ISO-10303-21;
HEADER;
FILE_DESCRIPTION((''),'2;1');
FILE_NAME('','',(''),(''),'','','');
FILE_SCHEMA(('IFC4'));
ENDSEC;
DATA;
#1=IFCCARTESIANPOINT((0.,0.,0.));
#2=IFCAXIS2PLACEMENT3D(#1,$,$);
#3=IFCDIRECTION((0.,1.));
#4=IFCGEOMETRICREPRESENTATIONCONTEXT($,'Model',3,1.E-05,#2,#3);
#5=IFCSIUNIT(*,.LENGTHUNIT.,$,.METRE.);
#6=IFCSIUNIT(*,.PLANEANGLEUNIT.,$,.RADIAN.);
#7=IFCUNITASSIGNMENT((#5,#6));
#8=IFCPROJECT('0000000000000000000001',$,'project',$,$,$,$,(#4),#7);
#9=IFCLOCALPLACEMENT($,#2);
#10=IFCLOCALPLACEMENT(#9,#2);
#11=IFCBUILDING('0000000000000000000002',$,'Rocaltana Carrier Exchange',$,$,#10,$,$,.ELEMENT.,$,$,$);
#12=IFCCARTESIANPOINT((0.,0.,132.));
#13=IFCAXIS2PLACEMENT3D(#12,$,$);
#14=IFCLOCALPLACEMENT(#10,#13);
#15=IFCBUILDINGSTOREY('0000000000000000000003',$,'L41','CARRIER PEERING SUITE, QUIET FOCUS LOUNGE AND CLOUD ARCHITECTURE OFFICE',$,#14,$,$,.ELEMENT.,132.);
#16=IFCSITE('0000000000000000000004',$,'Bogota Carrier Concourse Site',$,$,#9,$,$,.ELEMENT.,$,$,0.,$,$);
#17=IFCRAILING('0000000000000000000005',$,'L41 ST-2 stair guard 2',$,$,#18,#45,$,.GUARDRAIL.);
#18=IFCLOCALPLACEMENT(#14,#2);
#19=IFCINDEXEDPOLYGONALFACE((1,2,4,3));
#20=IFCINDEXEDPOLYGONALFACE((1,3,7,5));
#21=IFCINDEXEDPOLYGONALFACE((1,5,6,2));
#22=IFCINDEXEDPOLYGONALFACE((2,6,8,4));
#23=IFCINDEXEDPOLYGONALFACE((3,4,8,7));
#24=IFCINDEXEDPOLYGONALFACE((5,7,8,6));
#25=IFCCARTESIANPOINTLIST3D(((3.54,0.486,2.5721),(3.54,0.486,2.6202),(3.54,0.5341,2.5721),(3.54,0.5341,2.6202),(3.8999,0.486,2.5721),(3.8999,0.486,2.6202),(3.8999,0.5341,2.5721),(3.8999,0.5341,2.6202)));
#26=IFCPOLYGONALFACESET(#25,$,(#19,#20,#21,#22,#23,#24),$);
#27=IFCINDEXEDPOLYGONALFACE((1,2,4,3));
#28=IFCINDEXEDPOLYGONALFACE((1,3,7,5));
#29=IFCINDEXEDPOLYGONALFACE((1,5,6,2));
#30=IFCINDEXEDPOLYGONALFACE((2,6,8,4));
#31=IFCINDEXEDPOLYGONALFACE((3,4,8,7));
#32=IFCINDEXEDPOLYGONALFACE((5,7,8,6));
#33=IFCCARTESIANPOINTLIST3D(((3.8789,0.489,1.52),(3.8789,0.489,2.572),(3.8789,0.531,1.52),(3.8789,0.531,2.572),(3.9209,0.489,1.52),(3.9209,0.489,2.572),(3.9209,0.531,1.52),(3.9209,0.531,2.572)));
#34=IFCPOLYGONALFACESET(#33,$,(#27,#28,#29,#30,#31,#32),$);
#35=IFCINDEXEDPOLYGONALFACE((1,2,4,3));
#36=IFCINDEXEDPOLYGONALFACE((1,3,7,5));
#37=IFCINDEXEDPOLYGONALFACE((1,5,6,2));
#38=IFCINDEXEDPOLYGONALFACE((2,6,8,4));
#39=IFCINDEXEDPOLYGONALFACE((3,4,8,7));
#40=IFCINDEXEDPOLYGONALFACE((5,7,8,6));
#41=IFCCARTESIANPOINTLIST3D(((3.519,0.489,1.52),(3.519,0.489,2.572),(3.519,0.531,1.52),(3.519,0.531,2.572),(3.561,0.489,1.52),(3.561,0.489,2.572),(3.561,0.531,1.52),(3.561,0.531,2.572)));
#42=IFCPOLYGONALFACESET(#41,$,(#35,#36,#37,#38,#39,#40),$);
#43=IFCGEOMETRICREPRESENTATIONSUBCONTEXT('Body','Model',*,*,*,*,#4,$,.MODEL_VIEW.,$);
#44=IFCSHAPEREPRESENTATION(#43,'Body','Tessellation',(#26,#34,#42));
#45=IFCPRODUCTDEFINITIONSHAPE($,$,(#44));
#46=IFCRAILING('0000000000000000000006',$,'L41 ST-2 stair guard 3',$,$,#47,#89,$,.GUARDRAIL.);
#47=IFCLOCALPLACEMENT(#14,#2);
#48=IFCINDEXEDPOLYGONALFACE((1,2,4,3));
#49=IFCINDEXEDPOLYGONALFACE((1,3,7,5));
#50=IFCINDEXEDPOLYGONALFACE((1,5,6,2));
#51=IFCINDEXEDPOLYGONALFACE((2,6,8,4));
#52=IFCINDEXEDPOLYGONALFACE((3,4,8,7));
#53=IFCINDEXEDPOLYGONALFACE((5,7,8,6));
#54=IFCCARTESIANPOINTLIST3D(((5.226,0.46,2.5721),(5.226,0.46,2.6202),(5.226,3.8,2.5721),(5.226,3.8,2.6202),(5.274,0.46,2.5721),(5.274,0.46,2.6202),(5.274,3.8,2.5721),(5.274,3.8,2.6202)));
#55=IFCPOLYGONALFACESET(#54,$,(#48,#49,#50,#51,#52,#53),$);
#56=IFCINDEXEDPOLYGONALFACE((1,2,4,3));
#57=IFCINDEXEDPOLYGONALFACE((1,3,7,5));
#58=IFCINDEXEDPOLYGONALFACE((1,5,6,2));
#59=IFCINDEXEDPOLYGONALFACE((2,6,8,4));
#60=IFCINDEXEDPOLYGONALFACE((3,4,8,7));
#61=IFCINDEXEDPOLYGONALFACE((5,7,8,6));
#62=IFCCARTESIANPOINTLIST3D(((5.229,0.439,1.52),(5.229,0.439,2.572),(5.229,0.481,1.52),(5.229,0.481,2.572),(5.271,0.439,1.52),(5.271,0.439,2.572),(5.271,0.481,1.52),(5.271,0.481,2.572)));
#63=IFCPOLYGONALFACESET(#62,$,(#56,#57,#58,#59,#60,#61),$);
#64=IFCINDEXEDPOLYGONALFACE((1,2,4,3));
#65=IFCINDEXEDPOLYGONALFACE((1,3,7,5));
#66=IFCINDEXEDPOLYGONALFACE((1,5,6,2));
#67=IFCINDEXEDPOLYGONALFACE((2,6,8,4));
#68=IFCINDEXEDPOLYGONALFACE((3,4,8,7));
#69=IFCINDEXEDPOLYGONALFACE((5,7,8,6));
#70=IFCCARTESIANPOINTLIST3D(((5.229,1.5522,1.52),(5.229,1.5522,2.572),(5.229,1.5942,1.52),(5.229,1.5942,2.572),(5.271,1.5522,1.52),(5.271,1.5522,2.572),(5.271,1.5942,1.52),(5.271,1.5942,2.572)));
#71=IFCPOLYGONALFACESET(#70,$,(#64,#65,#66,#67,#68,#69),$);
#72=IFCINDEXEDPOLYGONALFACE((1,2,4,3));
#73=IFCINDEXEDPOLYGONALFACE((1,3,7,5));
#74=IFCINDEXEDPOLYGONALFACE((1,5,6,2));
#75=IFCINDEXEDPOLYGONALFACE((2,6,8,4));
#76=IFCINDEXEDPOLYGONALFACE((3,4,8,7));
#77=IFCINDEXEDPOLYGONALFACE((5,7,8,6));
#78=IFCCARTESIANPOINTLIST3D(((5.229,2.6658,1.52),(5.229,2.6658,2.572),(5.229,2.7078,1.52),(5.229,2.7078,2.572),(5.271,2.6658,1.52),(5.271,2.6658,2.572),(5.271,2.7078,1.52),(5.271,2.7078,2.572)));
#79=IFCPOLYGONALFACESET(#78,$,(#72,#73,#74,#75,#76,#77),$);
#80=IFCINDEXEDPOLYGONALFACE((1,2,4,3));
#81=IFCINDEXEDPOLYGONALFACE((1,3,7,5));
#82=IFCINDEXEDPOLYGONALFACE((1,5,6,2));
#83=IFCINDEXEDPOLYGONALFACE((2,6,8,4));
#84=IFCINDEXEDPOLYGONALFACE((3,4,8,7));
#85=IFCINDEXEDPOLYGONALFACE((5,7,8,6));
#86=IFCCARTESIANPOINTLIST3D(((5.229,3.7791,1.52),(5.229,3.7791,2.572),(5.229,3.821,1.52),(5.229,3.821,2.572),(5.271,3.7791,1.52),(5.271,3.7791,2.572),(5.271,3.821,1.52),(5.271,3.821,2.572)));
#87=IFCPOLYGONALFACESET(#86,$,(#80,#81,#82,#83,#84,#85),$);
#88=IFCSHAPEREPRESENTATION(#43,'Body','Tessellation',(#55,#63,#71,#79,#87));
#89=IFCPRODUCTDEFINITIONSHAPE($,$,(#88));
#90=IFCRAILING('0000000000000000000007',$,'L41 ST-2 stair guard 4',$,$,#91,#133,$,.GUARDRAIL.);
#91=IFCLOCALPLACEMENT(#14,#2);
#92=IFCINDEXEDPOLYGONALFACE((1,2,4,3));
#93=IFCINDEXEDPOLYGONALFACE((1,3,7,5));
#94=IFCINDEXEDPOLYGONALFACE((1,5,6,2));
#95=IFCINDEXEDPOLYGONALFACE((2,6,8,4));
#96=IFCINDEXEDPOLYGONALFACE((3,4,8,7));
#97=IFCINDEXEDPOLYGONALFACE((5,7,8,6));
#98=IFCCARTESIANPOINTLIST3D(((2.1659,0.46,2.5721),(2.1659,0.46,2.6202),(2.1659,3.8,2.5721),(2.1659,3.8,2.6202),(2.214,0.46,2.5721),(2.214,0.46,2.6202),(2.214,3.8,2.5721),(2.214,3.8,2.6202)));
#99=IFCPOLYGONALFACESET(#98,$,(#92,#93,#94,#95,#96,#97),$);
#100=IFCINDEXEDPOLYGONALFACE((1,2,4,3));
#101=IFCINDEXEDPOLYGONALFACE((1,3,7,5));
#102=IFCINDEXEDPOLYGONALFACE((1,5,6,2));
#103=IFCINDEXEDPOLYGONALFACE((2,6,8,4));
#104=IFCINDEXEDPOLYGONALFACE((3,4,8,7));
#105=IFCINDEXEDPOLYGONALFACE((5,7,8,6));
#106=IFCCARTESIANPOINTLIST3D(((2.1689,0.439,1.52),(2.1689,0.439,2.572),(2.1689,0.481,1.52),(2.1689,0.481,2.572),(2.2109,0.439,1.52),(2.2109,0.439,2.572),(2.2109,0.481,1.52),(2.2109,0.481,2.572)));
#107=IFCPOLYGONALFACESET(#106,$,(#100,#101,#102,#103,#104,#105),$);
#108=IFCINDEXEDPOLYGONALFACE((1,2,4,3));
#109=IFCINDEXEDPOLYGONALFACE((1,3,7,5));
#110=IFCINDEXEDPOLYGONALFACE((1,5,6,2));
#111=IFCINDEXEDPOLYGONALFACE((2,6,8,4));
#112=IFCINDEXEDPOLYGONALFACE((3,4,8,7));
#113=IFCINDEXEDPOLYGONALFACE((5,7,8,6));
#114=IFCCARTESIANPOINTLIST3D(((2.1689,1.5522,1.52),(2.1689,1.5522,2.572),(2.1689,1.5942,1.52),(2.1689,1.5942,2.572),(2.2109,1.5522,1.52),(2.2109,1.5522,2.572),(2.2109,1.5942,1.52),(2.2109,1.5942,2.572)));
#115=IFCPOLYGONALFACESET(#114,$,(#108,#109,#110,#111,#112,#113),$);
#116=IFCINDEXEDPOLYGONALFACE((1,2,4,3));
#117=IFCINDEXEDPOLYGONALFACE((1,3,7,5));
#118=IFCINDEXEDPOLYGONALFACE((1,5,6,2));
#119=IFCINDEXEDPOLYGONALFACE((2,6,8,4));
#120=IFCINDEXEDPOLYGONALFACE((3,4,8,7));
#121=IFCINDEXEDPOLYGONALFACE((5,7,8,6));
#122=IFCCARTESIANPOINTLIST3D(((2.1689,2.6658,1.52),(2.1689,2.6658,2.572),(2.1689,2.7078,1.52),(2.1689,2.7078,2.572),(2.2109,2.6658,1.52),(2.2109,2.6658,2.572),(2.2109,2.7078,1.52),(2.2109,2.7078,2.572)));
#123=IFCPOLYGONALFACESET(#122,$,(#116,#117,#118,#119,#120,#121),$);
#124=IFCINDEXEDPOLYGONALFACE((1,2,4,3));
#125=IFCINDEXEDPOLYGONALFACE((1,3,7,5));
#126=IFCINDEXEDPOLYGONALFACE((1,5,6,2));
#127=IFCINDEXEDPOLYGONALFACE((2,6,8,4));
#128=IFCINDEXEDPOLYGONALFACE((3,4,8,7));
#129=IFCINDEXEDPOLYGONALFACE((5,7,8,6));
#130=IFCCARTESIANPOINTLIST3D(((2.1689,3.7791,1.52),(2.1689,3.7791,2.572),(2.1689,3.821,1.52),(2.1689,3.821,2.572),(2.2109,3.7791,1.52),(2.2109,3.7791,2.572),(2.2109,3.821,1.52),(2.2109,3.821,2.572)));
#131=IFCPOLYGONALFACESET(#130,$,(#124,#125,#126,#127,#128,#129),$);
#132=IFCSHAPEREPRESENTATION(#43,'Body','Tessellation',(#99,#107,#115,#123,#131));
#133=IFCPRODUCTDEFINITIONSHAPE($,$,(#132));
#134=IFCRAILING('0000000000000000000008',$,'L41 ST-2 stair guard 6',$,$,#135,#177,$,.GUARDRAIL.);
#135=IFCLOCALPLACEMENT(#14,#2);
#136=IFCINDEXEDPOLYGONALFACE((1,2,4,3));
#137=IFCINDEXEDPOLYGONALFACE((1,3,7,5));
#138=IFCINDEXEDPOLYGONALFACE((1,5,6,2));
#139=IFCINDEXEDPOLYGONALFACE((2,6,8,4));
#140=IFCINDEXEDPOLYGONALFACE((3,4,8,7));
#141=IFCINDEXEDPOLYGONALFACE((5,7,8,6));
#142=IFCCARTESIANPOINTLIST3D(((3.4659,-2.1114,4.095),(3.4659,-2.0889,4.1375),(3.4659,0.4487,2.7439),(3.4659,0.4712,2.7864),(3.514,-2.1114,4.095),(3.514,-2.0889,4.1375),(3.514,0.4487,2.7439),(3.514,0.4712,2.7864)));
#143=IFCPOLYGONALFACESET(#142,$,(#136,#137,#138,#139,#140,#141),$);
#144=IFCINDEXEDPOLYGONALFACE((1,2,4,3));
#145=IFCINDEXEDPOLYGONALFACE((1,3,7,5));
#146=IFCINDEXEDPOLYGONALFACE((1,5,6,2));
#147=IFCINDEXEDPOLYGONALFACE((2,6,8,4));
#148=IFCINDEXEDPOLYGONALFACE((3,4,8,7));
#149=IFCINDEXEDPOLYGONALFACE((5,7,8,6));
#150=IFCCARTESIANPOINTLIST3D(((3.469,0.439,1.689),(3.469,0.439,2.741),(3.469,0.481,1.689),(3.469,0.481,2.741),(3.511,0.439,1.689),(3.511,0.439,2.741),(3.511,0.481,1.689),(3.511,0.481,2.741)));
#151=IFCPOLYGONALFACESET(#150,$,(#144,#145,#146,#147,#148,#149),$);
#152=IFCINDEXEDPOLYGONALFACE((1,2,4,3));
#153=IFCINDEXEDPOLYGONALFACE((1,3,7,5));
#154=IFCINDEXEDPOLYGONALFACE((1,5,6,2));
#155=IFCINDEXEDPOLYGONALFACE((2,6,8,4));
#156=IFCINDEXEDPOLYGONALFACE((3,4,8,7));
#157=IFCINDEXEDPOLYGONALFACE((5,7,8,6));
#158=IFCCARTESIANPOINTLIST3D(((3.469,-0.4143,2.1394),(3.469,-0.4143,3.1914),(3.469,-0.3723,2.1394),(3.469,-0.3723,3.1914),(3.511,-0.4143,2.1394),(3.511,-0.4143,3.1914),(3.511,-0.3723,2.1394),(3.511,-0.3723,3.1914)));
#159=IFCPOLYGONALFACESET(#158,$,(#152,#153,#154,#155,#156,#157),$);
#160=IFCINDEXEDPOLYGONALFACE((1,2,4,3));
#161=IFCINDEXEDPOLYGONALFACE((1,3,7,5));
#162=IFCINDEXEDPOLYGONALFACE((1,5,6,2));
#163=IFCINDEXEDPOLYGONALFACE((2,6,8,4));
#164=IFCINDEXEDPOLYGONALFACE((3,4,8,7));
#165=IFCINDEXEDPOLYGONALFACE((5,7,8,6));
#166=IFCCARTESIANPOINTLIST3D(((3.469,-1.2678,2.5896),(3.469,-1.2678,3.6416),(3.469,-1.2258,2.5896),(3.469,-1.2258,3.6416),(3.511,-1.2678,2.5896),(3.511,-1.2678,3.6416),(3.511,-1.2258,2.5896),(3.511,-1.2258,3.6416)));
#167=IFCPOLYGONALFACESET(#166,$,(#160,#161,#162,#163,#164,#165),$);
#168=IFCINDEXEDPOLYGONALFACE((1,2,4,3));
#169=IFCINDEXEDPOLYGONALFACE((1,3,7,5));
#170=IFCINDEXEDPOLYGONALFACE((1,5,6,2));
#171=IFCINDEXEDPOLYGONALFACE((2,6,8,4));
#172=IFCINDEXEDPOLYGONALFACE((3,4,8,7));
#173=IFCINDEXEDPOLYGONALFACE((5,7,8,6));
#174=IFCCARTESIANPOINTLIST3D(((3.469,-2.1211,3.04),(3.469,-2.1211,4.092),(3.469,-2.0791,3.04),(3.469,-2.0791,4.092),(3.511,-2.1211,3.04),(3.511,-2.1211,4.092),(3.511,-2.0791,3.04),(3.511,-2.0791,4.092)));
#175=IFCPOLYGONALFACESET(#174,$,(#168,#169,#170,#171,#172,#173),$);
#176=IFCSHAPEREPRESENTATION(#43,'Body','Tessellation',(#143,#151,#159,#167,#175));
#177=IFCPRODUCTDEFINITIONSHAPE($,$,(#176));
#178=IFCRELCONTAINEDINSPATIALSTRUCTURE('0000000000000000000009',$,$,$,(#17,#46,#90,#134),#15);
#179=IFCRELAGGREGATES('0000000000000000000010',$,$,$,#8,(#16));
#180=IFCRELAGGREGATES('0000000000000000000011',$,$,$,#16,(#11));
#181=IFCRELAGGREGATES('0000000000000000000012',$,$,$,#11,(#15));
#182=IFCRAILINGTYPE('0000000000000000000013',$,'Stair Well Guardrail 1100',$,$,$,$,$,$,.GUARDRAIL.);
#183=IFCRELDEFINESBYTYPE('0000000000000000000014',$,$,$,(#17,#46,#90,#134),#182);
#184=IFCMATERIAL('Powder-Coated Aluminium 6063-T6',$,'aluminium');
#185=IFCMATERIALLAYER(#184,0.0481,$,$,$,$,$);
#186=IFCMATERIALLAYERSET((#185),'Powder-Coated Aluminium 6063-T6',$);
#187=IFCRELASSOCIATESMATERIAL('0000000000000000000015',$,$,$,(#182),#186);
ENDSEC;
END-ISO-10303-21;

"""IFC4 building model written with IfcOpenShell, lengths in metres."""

from ifc_helpers import new_model, si_unit, direction, frame, origin, origin_2d, place, context, subcontext, project, spatial, rectangle, extrude, material, layer, layer_set, type_object, element, save


model = new_model("IFC4")

# Units and contexts
model_context = context("Model", 3, precision=1e-05, world=origin(), true_north=direction((0.0, 1.0)))
body_context = subcontext(model_context, "Body", "Model", "MODEL_VIEW")
ifc_project = project(units=[si_unit("LENGTHUNIT", "METRE"), si_unit("PLANEANGLEUNIT", "RADIAN")], contexts=[model_context])

# Site, building, storey
site_placement = place(None, origin())
site = spatial("IfcSite", under=ifc_project, at=site_placement, Name="Bogota Carrier Concourse Site", CompositionType="ELEMENT", RefElevation=0.0)
building_placement = place(site_placement, origin())
building = spatial("IfcBuilding", under=site, at=building_placement, Name="Rocaltana Carrier Exchange", CompositionType="ELEMENT")
storey_placement = place(building_placement, frame((0.0, 0.0, 132.0)))
storey = spatial("IfcBuildingStorey", under=building, at=storey_placement, Name="L41", Description="CARRIER PEERING SUITE, QUIET FOCUS LOUNGE AND CLOUD ARCHITECTURE OFFICE", CompositionType="ELEMENT", Elevation=132.0)

# Railings
ifc_material_1 = material(Name="Powder-Coated Aluminium 6063-T6", Category="aluminium")
ifc_layer_1 = layer(ifc_material_1, 0.0481)
ifc_layer_set_1 = layer_set([ifc_layer_1], Name="Powder-Coated Aluminium 6063-T6")
railing_type_1 = type_object("IfcRailingType", Name="Stair Well Guardrail 1100", PredefinedType="GUARDRAIL", material=ifc_layer_set_1)
railing_1_placement = place(storey_placement, frame((3.8999, 0.51, 1.52)))
element("IfcRailing", 1, at=railing_1_placement, inside=storey, type_object=railing_type_1, Name="L41 ST-2 stair guard 2", PredefinedType="GUARDRAIL", context=body_context, shape_type="SweptSolid", body=[
    extrude(rectangle(XDim=0.0481, YDim=0.0481, at=origin_2d()), frame((0.0, 0.0, 1.0762), z_axis=(-1.0, 0.0, 0.0), x_axis=(0.0, -1.0, 0.0)), (0.0, 0.0, 1.0), 0.3599),
    extrude(rectangle(XDim=0.042, YDim=0.042, at=origin_2d()), origin(), (0.0, 0.0, 1.0), 1.052),
    extrude(rectangle(XDim=0.042, YDim=0.042, at=origin_2d()), frame((-0.3599, 0.0, 0.0)), (0.0, 0.0, 1.0), 1.052),
])
for number, where, name in (
    (2, (5.25, 0.46, 1.52), "L41 ST-2 stair guard 3"),
    (3, (2.1899, 0.46, 1.52), "L41 ST-2 stair guard 4"),
):
    element("IfcRailing", number, at=place(storey_placement, frame(where)), inside=storey, type_object=railing_type_1, Name=name, PredefinedType="GUARDRAIL", context=body_context, shape_type="SweptSolid", body=[
        extrude(rectangle(XDim=0.0481, YDim=0.0481, at=origin_2d()), frame((0.0, 0.0, 1.0762), z_axis=(0.0, 1.0, 0.0), x_axis=(-1.0, 0.0, 0.0)), (0.0, 0.0, 1.0), 3.3401),
        extrude(rectangle(XDim=0.042, YDim=0.042, at=origin_2d()), origin(), (0.0, 0.0, 1.0), 1.052),
        extrude(rectangle(XDim=0.042, YDim=0.042, at=origin_2d()), frame((0.0, 1.1133, 0.0)), (0.0, 0.0, 1.0), 1.052),
        extrude(rectangle(XDim=0.042, YDim=0.042, at=origin_2d()), frame((0.0, 2.2268, 0.0)), (0.0, 0.0, 1.0), 1.052),
        extrude(rectangle(XDim=0.042, YDim=0.042, at=origin_2d()), frame((0.0, 3.3401, 0.0)), (0.0, 0.0, 1.0), 1.052),
    ])
railing_2_placement = place(storey_placement, frame((3.49, 0.46, 1.689)))
element("IfcRailing", 4, at=railing_2_placement, inside=storey, type_object=railing_type_1, Name="L41 ST-2 stair guard 6", PredefinedType="GUARDRAIL", context=body_context, shape_type="SweptSolid", body=[
    extrude(rectangle(XDim=0.0481, YDim=0.0481, at=origin_2d()), frame((0.0, 0.0, 1.0762), z_axis=(0.0, -0.884394, 0.46674), x_axis=(1.0, 0.0, 0.0)), (0.0, 0.0, 1.0), 2.8948),
    extrude(rectangle(XDim=0.042, YDim=0.042, at=origin_2d()), origin(), (0.0, 0.0, 1.0), 1.052),
    extrude(rectangle(XDim=0.042, YDim=0.042, at=origin_2d()), frame((0.0, -0.8533, 0.4504)), (0.0, 0.0, 1.0), 1.052),
    extrude(rectangle(XDim=0.042, YDim=0.042, at=origin_2d()), frame((0.0, -1.7068, 0.9006)), (0.0, 0.0, 1.0), 1.052),
    extrude(rectangle(XDim=0.042, YDim=0.042, at=origin_2d()), frame((0.0, -2.5601, 1.3511)), (0.0, 0.0, 1.0), 1.052),
])

save(model, "model.ifc")
